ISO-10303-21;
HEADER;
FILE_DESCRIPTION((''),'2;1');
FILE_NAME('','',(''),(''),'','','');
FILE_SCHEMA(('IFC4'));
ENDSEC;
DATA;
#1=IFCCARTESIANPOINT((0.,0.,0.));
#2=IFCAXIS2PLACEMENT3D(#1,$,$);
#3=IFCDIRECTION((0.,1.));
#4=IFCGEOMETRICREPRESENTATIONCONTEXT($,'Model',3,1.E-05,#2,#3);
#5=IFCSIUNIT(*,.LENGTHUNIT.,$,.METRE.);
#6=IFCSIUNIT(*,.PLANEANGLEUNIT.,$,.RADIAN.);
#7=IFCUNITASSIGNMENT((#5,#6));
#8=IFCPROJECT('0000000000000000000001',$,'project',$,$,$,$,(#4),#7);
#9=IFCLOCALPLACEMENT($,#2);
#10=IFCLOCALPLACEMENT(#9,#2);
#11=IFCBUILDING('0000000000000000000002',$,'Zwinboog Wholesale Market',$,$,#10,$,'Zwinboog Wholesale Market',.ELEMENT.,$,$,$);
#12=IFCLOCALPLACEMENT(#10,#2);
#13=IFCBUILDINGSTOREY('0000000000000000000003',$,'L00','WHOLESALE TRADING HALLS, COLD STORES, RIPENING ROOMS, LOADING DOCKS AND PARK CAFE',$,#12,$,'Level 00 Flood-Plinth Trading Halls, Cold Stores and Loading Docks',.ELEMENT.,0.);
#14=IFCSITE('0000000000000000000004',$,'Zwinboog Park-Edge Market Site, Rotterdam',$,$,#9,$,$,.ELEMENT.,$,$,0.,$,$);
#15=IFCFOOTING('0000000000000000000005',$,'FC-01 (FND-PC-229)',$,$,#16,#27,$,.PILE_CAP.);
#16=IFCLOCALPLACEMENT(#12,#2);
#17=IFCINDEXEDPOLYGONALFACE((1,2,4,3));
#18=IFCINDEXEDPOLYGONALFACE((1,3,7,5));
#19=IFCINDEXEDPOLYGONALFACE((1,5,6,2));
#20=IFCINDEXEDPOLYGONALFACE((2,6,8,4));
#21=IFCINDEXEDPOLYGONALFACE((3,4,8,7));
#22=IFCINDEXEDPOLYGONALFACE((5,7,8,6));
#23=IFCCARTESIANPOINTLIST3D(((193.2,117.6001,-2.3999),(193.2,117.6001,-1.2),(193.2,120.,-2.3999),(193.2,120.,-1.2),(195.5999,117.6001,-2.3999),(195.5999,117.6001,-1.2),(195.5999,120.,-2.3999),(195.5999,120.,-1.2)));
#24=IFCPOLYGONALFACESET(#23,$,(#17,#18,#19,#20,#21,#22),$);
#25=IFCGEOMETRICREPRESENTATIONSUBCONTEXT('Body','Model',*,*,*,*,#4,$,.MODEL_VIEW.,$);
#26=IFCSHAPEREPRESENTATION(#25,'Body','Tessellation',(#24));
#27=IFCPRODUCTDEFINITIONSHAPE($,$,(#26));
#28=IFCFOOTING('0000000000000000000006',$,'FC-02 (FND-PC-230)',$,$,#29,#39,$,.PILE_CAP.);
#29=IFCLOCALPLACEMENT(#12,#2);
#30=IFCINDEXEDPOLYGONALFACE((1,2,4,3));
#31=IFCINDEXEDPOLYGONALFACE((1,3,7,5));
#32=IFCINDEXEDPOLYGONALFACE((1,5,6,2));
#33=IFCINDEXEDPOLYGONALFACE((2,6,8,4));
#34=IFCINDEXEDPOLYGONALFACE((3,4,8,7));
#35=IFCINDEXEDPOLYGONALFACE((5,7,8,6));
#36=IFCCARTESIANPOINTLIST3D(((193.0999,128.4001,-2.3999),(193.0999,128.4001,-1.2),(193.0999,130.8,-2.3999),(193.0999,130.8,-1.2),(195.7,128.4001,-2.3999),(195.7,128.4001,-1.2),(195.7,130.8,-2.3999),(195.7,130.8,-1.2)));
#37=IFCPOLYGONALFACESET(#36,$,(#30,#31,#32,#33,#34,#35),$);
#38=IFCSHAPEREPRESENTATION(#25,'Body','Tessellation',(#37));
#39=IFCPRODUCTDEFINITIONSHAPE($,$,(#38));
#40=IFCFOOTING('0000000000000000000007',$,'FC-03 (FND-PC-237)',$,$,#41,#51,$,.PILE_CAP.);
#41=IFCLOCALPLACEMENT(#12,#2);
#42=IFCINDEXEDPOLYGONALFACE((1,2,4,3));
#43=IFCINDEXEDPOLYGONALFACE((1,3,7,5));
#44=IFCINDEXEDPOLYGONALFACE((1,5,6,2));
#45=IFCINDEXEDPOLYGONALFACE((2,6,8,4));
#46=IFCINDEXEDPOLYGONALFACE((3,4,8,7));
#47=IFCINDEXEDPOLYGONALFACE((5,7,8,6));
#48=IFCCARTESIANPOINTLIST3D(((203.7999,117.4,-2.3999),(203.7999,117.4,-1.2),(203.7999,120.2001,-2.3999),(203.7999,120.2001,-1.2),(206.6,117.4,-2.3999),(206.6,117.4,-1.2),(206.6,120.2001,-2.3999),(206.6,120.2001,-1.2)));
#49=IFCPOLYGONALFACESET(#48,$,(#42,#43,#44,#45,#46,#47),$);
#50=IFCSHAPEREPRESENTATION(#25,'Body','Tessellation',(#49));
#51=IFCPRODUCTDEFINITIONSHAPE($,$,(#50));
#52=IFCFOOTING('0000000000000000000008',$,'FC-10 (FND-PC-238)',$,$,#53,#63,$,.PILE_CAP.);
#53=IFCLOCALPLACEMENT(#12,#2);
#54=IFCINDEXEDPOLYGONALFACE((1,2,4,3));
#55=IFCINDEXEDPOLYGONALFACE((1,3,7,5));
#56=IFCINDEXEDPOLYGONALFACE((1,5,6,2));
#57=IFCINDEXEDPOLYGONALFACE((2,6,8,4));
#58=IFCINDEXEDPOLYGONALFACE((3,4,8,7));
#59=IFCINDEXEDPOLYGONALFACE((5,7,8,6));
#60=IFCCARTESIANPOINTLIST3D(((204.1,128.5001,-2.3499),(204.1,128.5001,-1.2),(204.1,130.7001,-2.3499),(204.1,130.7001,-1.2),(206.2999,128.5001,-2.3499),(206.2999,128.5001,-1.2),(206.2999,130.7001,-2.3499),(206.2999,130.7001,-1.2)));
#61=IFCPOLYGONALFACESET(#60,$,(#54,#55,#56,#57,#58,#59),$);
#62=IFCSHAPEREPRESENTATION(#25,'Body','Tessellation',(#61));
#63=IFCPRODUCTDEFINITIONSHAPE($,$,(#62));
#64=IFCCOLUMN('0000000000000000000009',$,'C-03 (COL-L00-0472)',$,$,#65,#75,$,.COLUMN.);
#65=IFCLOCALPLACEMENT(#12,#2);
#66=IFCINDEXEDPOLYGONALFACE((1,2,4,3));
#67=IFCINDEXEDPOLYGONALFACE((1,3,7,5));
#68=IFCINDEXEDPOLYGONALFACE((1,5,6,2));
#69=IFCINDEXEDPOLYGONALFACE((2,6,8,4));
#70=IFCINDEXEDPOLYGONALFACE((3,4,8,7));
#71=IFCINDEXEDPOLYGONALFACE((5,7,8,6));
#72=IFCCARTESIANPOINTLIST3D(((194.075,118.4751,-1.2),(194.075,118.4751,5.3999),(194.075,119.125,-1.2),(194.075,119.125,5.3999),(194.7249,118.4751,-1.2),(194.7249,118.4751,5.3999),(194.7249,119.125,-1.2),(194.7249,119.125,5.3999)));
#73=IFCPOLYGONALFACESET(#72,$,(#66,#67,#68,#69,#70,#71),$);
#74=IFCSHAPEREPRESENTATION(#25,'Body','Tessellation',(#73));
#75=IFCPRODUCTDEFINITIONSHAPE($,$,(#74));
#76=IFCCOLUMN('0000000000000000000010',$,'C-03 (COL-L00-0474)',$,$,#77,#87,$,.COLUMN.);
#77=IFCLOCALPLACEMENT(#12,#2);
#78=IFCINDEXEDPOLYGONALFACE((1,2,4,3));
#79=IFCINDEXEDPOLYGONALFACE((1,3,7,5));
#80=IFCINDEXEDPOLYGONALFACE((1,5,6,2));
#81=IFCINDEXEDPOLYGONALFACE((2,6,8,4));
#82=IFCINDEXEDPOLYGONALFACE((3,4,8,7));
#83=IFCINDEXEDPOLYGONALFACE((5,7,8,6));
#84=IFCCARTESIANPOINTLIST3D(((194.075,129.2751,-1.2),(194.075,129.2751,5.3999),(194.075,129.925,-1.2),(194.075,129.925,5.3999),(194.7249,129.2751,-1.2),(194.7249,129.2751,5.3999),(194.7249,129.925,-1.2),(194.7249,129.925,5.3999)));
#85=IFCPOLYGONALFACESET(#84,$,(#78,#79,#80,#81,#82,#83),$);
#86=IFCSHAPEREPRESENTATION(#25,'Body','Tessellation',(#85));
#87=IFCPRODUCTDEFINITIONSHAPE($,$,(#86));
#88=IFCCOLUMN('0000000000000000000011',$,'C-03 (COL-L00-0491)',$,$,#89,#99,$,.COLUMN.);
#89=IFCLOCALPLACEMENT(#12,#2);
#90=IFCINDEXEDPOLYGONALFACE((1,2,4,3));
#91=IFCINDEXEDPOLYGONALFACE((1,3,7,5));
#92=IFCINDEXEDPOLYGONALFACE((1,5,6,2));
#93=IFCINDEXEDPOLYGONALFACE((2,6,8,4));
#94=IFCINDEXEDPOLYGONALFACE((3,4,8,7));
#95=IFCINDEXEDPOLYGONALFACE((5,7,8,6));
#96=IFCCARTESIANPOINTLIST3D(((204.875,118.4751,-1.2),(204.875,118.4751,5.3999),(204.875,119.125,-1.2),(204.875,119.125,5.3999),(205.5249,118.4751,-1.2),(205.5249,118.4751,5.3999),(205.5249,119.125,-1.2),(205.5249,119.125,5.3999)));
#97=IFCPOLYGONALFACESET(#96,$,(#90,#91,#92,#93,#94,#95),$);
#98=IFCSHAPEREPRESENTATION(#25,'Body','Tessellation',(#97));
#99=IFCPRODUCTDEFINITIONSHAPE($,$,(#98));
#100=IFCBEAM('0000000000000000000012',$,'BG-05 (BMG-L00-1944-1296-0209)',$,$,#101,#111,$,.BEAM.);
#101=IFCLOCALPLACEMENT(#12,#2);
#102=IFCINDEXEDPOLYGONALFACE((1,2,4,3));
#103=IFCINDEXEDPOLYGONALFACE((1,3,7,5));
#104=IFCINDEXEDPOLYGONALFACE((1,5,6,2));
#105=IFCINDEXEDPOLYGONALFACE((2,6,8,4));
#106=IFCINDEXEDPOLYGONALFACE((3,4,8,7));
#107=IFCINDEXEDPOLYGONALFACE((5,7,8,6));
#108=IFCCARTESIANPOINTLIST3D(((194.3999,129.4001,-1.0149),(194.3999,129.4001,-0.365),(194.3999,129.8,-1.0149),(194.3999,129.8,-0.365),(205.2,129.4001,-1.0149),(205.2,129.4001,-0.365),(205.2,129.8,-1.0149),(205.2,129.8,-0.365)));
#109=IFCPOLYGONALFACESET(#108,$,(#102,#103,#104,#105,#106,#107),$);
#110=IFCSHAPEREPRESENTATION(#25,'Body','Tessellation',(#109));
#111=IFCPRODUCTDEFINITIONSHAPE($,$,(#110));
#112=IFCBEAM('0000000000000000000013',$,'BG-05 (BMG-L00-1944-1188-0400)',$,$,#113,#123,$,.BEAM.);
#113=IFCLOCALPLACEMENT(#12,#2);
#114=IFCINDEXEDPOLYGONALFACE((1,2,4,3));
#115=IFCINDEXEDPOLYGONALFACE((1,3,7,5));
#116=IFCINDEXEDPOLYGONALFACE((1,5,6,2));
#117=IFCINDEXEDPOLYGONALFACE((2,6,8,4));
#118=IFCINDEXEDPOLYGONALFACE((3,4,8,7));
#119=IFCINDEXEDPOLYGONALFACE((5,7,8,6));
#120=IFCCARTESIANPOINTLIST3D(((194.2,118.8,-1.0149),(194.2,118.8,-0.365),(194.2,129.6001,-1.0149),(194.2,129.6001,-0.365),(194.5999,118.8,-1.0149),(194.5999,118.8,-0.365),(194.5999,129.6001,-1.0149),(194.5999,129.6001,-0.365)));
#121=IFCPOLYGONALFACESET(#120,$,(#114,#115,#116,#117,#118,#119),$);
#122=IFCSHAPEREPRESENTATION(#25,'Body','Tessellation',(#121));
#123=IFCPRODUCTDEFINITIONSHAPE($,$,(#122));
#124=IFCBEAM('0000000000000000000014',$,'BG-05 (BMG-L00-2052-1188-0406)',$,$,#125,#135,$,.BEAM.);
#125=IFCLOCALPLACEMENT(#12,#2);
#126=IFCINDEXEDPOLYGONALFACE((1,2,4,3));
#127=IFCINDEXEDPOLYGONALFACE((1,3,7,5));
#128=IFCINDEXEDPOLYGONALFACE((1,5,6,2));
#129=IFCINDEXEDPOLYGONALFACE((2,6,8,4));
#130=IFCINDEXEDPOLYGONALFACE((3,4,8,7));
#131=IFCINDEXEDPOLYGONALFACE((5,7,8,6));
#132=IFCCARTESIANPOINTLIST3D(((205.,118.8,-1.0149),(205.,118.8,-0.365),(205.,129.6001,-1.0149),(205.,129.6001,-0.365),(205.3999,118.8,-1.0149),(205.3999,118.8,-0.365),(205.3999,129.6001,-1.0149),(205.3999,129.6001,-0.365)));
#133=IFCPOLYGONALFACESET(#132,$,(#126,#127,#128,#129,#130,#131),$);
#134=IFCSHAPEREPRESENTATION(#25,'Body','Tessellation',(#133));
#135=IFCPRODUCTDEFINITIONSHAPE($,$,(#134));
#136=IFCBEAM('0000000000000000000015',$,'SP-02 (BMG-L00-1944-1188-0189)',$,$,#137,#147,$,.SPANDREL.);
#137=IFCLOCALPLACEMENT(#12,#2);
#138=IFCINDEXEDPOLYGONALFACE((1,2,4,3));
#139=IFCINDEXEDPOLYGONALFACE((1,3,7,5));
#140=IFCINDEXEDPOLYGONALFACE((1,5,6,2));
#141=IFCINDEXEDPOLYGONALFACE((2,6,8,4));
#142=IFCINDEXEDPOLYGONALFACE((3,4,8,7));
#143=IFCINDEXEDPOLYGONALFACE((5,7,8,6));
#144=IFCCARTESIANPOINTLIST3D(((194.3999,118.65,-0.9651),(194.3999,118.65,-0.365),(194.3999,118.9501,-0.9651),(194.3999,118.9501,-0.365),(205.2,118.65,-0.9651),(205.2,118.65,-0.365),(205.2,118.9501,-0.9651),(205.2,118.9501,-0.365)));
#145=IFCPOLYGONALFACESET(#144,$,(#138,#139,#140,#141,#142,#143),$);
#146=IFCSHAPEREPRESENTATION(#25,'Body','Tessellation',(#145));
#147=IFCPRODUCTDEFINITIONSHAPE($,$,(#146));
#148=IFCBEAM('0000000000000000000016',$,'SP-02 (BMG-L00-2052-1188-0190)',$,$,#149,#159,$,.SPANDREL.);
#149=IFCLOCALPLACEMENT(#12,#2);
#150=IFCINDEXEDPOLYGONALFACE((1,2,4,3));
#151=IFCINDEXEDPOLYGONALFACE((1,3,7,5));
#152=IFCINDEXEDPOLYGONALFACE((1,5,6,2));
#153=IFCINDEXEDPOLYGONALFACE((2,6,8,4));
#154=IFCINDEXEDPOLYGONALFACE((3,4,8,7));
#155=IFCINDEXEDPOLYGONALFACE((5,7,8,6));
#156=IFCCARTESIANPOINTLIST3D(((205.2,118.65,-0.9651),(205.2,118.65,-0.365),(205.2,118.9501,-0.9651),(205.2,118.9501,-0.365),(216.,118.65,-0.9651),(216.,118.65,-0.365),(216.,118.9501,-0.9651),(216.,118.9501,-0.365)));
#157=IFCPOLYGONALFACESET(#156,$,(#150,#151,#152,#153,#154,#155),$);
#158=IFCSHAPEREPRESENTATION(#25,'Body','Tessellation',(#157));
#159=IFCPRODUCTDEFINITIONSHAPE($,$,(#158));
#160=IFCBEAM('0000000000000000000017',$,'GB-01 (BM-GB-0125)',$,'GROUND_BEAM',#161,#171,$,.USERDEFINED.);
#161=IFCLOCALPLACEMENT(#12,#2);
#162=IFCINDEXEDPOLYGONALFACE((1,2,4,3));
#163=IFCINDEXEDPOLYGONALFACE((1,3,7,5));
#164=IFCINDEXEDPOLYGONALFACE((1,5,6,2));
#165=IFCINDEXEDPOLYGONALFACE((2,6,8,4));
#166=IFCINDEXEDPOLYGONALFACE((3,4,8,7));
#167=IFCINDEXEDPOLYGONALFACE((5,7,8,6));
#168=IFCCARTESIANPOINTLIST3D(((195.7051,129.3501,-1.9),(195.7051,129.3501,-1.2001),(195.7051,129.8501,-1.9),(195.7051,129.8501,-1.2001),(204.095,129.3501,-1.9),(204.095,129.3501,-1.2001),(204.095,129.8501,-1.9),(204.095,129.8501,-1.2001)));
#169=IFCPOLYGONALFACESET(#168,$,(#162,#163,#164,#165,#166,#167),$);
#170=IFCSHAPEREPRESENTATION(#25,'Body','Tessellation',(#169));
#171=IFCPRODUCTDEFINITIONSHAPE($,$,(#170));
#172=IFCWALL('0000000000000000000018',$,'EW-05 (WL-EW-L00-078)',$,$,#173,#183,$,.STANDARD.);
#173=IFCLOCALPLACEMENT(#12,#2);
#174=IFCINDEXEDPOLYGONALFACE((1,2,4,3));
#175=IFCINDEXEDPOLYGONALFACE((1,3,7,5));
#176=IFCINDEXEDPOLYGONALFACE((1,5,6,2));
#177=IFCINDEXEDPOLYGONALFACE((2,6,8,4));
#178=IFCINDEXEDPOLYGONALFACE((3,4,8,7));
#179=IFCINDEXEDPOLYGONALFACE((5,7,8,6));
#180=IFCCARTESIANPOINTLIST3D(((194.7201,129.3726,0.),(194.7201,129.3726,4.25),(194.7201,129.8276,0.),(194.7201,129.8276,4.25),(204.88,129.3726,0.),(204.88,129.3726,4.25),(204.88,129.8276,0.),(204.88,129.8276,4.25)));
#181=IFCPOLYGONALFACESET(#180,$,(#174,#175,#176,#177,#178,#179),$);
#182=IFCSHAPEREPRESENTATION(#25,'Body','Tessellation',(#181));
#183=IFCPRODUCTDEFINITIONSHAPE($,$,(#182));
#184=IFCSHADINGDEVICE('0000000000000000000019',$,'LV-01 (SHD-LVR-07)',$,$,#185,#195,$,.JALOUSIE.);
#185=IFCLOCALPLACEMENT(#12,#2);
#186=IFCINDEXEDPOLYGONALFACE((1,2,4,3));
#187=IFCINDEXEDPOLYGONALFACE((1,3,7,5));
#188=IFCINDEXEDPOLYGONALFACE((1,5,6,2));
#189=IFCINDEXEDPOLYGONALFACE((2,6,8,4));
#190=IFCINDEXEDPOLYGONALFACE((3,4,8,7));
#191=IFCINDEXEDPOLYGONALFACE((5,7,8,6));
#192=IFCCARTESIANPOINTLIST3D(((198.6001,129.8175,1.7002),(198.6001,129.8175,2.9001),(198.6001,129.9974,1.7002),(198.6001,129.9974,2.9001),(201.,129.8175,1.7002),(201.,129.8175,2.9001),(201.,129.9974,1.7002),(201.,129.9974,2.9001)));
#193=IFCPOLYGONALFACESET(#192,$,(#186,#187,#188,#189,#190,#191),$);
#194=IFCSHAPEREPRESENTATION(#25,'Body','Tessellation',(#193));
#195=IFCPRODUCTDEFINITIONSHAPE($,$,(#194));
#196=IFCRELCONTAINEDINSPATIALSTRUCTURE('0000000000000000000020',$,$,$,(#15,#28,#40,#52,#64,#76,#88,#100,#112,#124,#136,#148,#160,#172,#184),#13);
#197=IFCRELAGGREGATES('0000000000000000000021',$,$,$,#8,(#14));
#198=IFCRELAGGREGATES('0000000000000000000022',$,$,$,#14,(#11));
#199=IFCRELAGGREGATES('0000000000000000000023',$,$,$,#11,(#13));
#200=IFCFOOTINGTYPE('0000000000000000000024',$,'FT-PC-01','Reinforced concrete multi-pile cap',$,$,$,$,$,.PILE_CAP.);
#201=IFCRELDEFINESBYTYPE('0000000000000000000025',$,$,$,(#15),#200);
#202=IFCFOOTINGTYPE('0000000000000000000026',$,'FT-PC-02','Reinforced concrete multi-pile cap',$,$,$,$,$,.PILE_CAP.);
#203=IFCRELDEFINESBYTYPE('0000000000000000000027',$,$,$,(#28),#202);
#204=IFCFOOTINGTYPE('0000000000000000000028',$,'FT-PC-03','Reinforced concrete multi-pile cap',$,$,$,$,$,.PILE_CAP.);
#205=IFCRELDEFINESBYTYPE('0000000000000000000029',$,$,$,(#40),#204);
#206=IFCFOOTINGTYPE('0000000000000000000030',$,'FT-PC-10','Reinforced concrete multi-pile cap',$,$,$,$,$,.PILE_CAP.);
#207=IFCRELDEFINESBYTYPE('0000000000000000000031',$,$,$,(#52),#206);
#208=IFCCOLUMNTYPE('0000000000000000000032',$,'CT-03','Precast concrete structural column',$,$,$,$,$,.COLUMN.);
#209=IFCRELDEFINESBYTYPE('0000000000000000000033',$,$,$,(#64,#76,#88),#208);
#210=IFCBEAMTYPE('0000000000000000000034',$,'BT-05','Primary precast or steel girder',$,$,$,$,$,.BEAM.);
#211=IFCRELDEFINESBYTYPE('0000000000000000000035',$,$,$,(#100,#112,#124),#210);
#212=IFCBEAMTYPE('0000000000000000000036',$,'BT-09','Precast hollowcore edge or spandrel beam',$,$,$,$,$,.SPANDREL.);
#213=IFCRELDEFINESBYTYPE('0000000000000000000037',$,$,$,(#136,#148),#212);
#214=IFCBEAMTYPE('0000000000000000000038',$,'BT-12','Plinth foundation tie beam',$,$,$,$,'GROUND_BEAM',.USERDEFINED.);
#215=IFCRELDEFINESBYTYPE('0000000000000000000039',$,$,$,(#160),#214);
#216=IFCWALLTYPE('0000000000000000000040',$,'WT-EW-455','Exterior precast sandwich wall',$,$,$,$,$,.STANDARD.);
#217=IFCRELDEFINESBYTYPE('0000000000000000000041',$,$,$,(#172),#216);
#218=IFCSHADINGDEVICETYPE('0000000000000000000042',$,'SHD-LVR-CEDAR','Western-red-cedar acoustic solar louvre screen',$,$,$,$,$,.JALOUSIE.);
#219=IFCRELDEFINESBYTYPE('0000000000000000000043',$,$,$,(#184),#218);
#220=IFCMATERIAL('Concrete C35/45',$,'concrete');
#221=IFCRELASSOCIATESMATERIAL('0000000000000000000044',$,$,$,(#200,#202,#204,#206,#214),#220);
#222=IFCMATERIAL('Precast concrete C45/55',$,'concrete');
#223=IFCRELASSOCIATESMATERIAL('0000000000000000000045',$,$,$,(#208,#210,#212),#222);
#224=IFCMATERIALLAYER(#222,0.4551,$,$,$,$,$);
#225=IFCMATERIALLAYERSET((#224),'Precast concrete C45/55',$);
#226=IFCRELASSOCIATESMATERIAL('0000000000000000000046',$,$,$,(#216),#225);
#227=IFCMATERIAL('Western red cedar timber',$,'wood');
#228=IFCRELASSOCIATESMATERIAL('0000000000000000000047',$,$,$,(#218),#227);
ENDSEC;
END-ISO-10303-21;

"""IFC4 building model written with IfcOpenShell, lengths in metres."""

from ifc_helpers import new_model, si_unit, direction, frame, frame_2d, origin, origin_2d, place, context, subcontext, project, spatial, rectangle, extrude, material, layer, layer_set, material_profile, profile_set, type_object, element, save


model = new_model("IFC4")

# Units and contexts
model_context = context("Model", 3, precision=1e-05, world=origin(), true_north=direction((0.0, 1.0)))
body_context = subcontext(model_context, "Body", "Model", "MODEL_VIEW")
ifc_project = project(units=[si_unit("LENGTHUNIT", "METRE"), si_unit("PLANEANGLEUNIT", "RADIAN")], contexts=[model_context])

# Site, building, storey
site_placement = place(None, origin())
site = spatial("IfcSite", under=ifc_project, at=site_placement, Name="Zwinboog Park-Edge Market Site, Rotterdam", CompositionType="ELEMENT", RefElevation=0.0)
building_placement = place(site_placement, origin())
building = spatial("IfcBuilding", under=site, at=building_placement, Name="Zwinboog Wholesale Market", LongName="Zwinboog Wholesale Market", CompositionType="ELEMENT")
storey_placement = place(building_placement, origin())
storey = spatial("IfcBuildingStorey", under=building, at=storey_placement, Name="L00", Description="WHOLESALE TRADING HALLS, COLD STORES, RIPENING ROOMS, LOADING DOCKS AND PARK CAFE", LongName="Level 00 Flood-Plinth Trading Halls, Cold Stores and Loading Docks", CompositionType="ELEMENT", Elevation=0.0)

# Footings
ifc_material_1 = material(Name="Concrete C35/45", Category="concrete")
footing_type_1 = type_object("IfcFootingType", Name="FT-PC-01", Description="Reinforced concrete multi-pile cap", PredefinedType="PILE_CAP", material=ifc_material_1)
footing_1_placement = place(storey_placement, frame((194.3999, 118.8, -2.3999), z_axis=(0.0, 0.0, 1.0), x_axis=(1.0, 0.0, 0.0)))
element("IfcFooting", 1, at=footing_1_placement, inside=storey, type_object=footing_type_1, Name="FC-01 (FND-PC-229)", PredefinedType="PILE_CAP", context=body_context, shape_type="SweptSolid", body=[
    extrude(rectangle(XDim=2.3999, YDim=2.3999, at=origin_2d()), origin(), (0.0, 0.0, 1.0), 1.2),
])
footing_type_2 = type_object("IfcFootingType", Name="FT-PC-02", Description="Reinforced concrete multi-pile cap", PredefinedType="PILE_CAP", material=ifc_material_1)
footing_2_placement = place(storey_placement, frame((194.3999, 129.6001, -2.3999), z_axis=(0.0, 0.0, 1.0), x_axis=(1.0, 0.0, 0.0)))
element("IfcFooting", 2, at=footing_2_placement, inside=storey, type_object=footing_type_2, Name="FC-02 (FND-PC-230)", PredefinedType="PILE_CAP", context=body_context, shape_type="SweptSolid", body=[
    extrude(rectangle(XDim=2.6001, YDim=2.3999, at=origin_2d()), origin(), (0.0, 0.0, 1.0), 1.2),
])
footing_type_3 = type_object("IfcFootingType", Name="FT-PC-03", Description="Reinforced concrete multi-pile cap", PredefinedType="PILE_CAP", material=ifc_material_1)
footing_3_placement = place(storey_placement, frame((205.2, 118.8, -2.3999), z_axis=(0.0, 0.0, 1.0), x_axis=(1.0, 0.0, 0.0)))
element("IfcFooting", 3, at=footing_3_placement, inside=storey, type_object=footing_type_3, Name="FC-03 (FND-PC-237)", PredefinedType="PILE_CAP", context=body_context, shape_type="SweptSolid", body=[
    extrude(rectangle(XDim=2.8, YDim=2.8, at=origin_2d()), origin(), (0.0, 0.0, 1.0), 1.2),
])
footing_type_4 = type_object("IfcFootingType", Name="FT-PC-10", Description="Reinforced concrete multi-pile cap", PredefinedType="PILE_CAP", material=ifc_material_1)
footing_4_placement = place(storey_placement, frame((205.2, 129.6001, -2.3499), z_axis=(0.0, 0.0, 1.0), x_axis=(1.0, 0.0, 0.0)))
element("IfcFooting", 4, at=footing_4_placement, inside=storey, type_object=footing_type_4, Name="FC-10 (FND-PC-238)", PredefinedType="PILE_CAP", context=body_context, shape_type="SweptSolid", body=[
    extrude(rectangle(XDim=2.2, YDim=2.2, at=origin_2d()), origin(), (0.0, 0.0, 1.0), 1.1499),
])

# Columns
ifc_material_2 = material(Name="Precast concrete C45/55", Category="concrete")
ifc_material_profile_1 = material_profile(ifc_material_2, rectangle(XDim=0.6499, YDim=0.6499, at=origin_2d()), Name="PC 650x650")
ifc_profile_set_1 = profile_set([ifc_material_profile_1], Name="Precast concrete C45/55")
column_type = type_object("IfcColumnType", Name="CT-03", Description="Precast concrete structural column", PredefinedType="COLUMN", material=ifc_profile_set_1)
for number, where, z_axis, x_axis, name in (
    (5, (194.3999, 118.8, -1.2), (0.0, 0.0, 1.0), (1.0, 0.0, 0.0), "C-03 (COL-L00-0472)"),
    (6, (194.3999, 129.6001, -1.2), (0.0, 0.0, 1.0), (1.0, 0.0, 0.0), "C-03 (COL-L00-0474)"),
    (7, (205.2, 118.8, -1.2), (0.0, 0.0, 1.0), (1.0, 0.0, 0.0), "C-03 (COL-L00-0491)"),
):
    element("IfcColumn", number, at=place(storey_placement, frame(where, z_axis=z_axis, x_axis=x_axis)), inside=storey, type_object=column_type, Name=name, PredefinedType="COLUMN", context=body_context, shape_type="SweptSolid", body=[
        extrude(rectangle(XDim=0.6499, YDim=0.6499, at=origin_2d()), origin(), (0.0, 0.0, 1.0), 6.5999),
    ])

# Beams
ifc_material_profile_2 = material_profile(ifc_material_2, rectangle(XDim=0.3999, YDim=0.6499, at=origin_2d()), Name="PC 400x650")
ifc_profile_set_2 = profile_set([ifc_material_profile_2], Name="Precast concrete C45/55")
beam_type_1 = type_object("IfcBeamType", Name="BT-05", Description="Primary precast or steel girder", PredefinedType="BEAM", material=ifc_profile_set_2)
for number, where, z_axis, x_axis, name in (
    (8, (194.3999, 129.6001, -0.6899), (1.0, 0.0, 0.0), (0.0, 1.0, 0.0), "BG-05 (BMG-L00-1944-1296-0209)"),
    (9, (194.3999, 118.8, -0.6899), (0.0, 1.0, 0.0), (-1.0, 0.0, 0.0), "BG-05 (BMG-L00-1944-1188-0400)"),
    (10, (205.2, 118.8, -0.6899), (0.0, 1.0, 0.0), (-1.0, 0.0, 0.0), "BG-05 (BMG-L00-2052-1188-0406)"),
):
    element("IfcBeam", number, at=place(storey_placement, frame(where, z_axis=z_axis, x_axis=x_axis)), inside=storey, type_object=beam_type_1, Name=name, PredefinedType="BEAM", context=body_context, shape_type="SweptSolid", body=[
        extrude(rectangle(XDim=0.3999, YDim=0.6499, at=origin_2d()), origin(), (0.0, 0.0, 1.0), 10.8),
    ])
ifc_material_profile_3 = material_profile(ifc_material_2, rectangle(XDim=0.3, YDim=0.6001, at=origin_2d()), Name="PC 300x600")
ifc_profile_set_3 = profile_set([ifc_material_profile_3], Name="Precast concrete C45/55")
beam_type_2 = type_object("IfcBeamType", Name="BT-09", Description="Precast hollowcore edge or spandrel beam", PredefinedType="SPANDREL", material=ifc_profile_set_3)
for number, where, z_axis, x_axis, name in (
    (11, (194.3999, 118.8, -0.665), (1.0, 0.0, 0.0), (0.0, 1.0, 0.0), "SP-02 (BMG-L00-1944-1188-0189)"),
    (12, (205.2, 118.8, -0.665), (1.0, 0.0, 0.0), (0.0, 1.0, 0.0), "SP-02 (BMG-L00-2052-1188-0190)"),
):
    element("IfcBeam", number, at=place(storey_placement, frame(where, z_axis=z_axis, x_axis=x_axis)), inside=storey, type_object=beam_type_2, Name=name, PredefinedType="SPANDREL", context=body_context, shape_type="SweptSolid", body=[
        extrude(rectangle(XDim=0.3, YDim=0.6001, at=origin_2d()), origin(), (0.0, 0.0, 1.0), 10.8),
    ])
ifc_material_profile_4 = material_profile(ifc_material_1, rectangle(XDim=0.5, YDim=0.7, at=origin_2d()), Name="RC 500x700")
ifc_profile_set_4 = profile_set([ifc_material_profile_4], Name="Concrete C35/45")
beam_type_3 = type_object("IfcBeamType", Name="BT-12", Description="Plinth foundation tie beam", ElementType="GROUND_BEAM", PredefinedType="USERDEFINED", material=ifc_profile_set_4)
beam_placement = place(storey_placement, frame((195.7051, 129.6001, -1.55), z_axis=(1.0, 0.0, 0.0), x_axis=(0.0, 1.0, 0.0)))
element("IfcBeam", 13, at=beam_placement, inside=storey, type_object=beam_type_3, Name="GB-01 (BM-GB-0125)", ObjectType="GROUND_BEAM", PredefinedType="USERDEFINED", context=body_context, shape_type="SweptSolid", body=[
    extrude(rectangle(XDim=0.5, YDim=0.7, at=origin_2d()), origin(), (0.0, 0.0, 1.0), 8.3899),
])

# Wall
ifc_layer = layer(ifc_material_2, 0.4551)
ifc_layer_set = layer_set([ifc_layer], Name="Precast concrete C45/55")
wall_type = type_object("IfcWallType", Name="WT-EW-455", Description="Exterior precast sandwich wall", PredefinedType="STANDARD", material=ifc_layer_set)
wall_placement = place(storey_placement, frame((194.72, 129.6001, 0.0), z_axis=(0.0, 0.0, 1.0), x_axis=(1.0, 0.0, 0.0)))
element("IfcWall", 14, at=wall_placement, inside=storey, type_object=wall_type, Name="EW-05 (WL-EW-L00-078)", PredefinedType="STANDARD", context=body_context, shape_type="SweptSolid", body=[
    extrude(rectangle(XDim=10.1599, YDim=0.4551, at=frame_2d((5.0801, 0.0))), origin(), (0.0, 0.0, 1.0), 4.25),
])

# Shading device
ifc_material_3 = material(Name="Western red cedar timber", Category="wood")
shading_device_type = type_object("IfcShadingDeviceType", Name="SHD-LVR-CEDAR", Description="Western-red-cedar acoustic solar louvre screen", PredefinedType="JALOUSIE", material=ifc_material_3)
shading_device_placement = place(storey_placement, frame((199.8, 129.9075, 1.7002), z_axis=(0.0, 0.0, 1.0), x_axis=(1.0, 0.0, 0.0)))
element("IfcShadingDevice", 15, at=shading_device_placement, inside=storey, type_object=shading_device_type, Name="LV-01 (SHD-LVR-07)", PredefinedType="JALOUSIE", context=body_context, shape_type="SweptSolid", body=[
    extrude(rectangle(XDim=2.3999, YDim=0.1799, at=origin_2d()), origin(), (0.0, 0.0, 1.0), 1.2),
])

save(model, "model.ifc")
